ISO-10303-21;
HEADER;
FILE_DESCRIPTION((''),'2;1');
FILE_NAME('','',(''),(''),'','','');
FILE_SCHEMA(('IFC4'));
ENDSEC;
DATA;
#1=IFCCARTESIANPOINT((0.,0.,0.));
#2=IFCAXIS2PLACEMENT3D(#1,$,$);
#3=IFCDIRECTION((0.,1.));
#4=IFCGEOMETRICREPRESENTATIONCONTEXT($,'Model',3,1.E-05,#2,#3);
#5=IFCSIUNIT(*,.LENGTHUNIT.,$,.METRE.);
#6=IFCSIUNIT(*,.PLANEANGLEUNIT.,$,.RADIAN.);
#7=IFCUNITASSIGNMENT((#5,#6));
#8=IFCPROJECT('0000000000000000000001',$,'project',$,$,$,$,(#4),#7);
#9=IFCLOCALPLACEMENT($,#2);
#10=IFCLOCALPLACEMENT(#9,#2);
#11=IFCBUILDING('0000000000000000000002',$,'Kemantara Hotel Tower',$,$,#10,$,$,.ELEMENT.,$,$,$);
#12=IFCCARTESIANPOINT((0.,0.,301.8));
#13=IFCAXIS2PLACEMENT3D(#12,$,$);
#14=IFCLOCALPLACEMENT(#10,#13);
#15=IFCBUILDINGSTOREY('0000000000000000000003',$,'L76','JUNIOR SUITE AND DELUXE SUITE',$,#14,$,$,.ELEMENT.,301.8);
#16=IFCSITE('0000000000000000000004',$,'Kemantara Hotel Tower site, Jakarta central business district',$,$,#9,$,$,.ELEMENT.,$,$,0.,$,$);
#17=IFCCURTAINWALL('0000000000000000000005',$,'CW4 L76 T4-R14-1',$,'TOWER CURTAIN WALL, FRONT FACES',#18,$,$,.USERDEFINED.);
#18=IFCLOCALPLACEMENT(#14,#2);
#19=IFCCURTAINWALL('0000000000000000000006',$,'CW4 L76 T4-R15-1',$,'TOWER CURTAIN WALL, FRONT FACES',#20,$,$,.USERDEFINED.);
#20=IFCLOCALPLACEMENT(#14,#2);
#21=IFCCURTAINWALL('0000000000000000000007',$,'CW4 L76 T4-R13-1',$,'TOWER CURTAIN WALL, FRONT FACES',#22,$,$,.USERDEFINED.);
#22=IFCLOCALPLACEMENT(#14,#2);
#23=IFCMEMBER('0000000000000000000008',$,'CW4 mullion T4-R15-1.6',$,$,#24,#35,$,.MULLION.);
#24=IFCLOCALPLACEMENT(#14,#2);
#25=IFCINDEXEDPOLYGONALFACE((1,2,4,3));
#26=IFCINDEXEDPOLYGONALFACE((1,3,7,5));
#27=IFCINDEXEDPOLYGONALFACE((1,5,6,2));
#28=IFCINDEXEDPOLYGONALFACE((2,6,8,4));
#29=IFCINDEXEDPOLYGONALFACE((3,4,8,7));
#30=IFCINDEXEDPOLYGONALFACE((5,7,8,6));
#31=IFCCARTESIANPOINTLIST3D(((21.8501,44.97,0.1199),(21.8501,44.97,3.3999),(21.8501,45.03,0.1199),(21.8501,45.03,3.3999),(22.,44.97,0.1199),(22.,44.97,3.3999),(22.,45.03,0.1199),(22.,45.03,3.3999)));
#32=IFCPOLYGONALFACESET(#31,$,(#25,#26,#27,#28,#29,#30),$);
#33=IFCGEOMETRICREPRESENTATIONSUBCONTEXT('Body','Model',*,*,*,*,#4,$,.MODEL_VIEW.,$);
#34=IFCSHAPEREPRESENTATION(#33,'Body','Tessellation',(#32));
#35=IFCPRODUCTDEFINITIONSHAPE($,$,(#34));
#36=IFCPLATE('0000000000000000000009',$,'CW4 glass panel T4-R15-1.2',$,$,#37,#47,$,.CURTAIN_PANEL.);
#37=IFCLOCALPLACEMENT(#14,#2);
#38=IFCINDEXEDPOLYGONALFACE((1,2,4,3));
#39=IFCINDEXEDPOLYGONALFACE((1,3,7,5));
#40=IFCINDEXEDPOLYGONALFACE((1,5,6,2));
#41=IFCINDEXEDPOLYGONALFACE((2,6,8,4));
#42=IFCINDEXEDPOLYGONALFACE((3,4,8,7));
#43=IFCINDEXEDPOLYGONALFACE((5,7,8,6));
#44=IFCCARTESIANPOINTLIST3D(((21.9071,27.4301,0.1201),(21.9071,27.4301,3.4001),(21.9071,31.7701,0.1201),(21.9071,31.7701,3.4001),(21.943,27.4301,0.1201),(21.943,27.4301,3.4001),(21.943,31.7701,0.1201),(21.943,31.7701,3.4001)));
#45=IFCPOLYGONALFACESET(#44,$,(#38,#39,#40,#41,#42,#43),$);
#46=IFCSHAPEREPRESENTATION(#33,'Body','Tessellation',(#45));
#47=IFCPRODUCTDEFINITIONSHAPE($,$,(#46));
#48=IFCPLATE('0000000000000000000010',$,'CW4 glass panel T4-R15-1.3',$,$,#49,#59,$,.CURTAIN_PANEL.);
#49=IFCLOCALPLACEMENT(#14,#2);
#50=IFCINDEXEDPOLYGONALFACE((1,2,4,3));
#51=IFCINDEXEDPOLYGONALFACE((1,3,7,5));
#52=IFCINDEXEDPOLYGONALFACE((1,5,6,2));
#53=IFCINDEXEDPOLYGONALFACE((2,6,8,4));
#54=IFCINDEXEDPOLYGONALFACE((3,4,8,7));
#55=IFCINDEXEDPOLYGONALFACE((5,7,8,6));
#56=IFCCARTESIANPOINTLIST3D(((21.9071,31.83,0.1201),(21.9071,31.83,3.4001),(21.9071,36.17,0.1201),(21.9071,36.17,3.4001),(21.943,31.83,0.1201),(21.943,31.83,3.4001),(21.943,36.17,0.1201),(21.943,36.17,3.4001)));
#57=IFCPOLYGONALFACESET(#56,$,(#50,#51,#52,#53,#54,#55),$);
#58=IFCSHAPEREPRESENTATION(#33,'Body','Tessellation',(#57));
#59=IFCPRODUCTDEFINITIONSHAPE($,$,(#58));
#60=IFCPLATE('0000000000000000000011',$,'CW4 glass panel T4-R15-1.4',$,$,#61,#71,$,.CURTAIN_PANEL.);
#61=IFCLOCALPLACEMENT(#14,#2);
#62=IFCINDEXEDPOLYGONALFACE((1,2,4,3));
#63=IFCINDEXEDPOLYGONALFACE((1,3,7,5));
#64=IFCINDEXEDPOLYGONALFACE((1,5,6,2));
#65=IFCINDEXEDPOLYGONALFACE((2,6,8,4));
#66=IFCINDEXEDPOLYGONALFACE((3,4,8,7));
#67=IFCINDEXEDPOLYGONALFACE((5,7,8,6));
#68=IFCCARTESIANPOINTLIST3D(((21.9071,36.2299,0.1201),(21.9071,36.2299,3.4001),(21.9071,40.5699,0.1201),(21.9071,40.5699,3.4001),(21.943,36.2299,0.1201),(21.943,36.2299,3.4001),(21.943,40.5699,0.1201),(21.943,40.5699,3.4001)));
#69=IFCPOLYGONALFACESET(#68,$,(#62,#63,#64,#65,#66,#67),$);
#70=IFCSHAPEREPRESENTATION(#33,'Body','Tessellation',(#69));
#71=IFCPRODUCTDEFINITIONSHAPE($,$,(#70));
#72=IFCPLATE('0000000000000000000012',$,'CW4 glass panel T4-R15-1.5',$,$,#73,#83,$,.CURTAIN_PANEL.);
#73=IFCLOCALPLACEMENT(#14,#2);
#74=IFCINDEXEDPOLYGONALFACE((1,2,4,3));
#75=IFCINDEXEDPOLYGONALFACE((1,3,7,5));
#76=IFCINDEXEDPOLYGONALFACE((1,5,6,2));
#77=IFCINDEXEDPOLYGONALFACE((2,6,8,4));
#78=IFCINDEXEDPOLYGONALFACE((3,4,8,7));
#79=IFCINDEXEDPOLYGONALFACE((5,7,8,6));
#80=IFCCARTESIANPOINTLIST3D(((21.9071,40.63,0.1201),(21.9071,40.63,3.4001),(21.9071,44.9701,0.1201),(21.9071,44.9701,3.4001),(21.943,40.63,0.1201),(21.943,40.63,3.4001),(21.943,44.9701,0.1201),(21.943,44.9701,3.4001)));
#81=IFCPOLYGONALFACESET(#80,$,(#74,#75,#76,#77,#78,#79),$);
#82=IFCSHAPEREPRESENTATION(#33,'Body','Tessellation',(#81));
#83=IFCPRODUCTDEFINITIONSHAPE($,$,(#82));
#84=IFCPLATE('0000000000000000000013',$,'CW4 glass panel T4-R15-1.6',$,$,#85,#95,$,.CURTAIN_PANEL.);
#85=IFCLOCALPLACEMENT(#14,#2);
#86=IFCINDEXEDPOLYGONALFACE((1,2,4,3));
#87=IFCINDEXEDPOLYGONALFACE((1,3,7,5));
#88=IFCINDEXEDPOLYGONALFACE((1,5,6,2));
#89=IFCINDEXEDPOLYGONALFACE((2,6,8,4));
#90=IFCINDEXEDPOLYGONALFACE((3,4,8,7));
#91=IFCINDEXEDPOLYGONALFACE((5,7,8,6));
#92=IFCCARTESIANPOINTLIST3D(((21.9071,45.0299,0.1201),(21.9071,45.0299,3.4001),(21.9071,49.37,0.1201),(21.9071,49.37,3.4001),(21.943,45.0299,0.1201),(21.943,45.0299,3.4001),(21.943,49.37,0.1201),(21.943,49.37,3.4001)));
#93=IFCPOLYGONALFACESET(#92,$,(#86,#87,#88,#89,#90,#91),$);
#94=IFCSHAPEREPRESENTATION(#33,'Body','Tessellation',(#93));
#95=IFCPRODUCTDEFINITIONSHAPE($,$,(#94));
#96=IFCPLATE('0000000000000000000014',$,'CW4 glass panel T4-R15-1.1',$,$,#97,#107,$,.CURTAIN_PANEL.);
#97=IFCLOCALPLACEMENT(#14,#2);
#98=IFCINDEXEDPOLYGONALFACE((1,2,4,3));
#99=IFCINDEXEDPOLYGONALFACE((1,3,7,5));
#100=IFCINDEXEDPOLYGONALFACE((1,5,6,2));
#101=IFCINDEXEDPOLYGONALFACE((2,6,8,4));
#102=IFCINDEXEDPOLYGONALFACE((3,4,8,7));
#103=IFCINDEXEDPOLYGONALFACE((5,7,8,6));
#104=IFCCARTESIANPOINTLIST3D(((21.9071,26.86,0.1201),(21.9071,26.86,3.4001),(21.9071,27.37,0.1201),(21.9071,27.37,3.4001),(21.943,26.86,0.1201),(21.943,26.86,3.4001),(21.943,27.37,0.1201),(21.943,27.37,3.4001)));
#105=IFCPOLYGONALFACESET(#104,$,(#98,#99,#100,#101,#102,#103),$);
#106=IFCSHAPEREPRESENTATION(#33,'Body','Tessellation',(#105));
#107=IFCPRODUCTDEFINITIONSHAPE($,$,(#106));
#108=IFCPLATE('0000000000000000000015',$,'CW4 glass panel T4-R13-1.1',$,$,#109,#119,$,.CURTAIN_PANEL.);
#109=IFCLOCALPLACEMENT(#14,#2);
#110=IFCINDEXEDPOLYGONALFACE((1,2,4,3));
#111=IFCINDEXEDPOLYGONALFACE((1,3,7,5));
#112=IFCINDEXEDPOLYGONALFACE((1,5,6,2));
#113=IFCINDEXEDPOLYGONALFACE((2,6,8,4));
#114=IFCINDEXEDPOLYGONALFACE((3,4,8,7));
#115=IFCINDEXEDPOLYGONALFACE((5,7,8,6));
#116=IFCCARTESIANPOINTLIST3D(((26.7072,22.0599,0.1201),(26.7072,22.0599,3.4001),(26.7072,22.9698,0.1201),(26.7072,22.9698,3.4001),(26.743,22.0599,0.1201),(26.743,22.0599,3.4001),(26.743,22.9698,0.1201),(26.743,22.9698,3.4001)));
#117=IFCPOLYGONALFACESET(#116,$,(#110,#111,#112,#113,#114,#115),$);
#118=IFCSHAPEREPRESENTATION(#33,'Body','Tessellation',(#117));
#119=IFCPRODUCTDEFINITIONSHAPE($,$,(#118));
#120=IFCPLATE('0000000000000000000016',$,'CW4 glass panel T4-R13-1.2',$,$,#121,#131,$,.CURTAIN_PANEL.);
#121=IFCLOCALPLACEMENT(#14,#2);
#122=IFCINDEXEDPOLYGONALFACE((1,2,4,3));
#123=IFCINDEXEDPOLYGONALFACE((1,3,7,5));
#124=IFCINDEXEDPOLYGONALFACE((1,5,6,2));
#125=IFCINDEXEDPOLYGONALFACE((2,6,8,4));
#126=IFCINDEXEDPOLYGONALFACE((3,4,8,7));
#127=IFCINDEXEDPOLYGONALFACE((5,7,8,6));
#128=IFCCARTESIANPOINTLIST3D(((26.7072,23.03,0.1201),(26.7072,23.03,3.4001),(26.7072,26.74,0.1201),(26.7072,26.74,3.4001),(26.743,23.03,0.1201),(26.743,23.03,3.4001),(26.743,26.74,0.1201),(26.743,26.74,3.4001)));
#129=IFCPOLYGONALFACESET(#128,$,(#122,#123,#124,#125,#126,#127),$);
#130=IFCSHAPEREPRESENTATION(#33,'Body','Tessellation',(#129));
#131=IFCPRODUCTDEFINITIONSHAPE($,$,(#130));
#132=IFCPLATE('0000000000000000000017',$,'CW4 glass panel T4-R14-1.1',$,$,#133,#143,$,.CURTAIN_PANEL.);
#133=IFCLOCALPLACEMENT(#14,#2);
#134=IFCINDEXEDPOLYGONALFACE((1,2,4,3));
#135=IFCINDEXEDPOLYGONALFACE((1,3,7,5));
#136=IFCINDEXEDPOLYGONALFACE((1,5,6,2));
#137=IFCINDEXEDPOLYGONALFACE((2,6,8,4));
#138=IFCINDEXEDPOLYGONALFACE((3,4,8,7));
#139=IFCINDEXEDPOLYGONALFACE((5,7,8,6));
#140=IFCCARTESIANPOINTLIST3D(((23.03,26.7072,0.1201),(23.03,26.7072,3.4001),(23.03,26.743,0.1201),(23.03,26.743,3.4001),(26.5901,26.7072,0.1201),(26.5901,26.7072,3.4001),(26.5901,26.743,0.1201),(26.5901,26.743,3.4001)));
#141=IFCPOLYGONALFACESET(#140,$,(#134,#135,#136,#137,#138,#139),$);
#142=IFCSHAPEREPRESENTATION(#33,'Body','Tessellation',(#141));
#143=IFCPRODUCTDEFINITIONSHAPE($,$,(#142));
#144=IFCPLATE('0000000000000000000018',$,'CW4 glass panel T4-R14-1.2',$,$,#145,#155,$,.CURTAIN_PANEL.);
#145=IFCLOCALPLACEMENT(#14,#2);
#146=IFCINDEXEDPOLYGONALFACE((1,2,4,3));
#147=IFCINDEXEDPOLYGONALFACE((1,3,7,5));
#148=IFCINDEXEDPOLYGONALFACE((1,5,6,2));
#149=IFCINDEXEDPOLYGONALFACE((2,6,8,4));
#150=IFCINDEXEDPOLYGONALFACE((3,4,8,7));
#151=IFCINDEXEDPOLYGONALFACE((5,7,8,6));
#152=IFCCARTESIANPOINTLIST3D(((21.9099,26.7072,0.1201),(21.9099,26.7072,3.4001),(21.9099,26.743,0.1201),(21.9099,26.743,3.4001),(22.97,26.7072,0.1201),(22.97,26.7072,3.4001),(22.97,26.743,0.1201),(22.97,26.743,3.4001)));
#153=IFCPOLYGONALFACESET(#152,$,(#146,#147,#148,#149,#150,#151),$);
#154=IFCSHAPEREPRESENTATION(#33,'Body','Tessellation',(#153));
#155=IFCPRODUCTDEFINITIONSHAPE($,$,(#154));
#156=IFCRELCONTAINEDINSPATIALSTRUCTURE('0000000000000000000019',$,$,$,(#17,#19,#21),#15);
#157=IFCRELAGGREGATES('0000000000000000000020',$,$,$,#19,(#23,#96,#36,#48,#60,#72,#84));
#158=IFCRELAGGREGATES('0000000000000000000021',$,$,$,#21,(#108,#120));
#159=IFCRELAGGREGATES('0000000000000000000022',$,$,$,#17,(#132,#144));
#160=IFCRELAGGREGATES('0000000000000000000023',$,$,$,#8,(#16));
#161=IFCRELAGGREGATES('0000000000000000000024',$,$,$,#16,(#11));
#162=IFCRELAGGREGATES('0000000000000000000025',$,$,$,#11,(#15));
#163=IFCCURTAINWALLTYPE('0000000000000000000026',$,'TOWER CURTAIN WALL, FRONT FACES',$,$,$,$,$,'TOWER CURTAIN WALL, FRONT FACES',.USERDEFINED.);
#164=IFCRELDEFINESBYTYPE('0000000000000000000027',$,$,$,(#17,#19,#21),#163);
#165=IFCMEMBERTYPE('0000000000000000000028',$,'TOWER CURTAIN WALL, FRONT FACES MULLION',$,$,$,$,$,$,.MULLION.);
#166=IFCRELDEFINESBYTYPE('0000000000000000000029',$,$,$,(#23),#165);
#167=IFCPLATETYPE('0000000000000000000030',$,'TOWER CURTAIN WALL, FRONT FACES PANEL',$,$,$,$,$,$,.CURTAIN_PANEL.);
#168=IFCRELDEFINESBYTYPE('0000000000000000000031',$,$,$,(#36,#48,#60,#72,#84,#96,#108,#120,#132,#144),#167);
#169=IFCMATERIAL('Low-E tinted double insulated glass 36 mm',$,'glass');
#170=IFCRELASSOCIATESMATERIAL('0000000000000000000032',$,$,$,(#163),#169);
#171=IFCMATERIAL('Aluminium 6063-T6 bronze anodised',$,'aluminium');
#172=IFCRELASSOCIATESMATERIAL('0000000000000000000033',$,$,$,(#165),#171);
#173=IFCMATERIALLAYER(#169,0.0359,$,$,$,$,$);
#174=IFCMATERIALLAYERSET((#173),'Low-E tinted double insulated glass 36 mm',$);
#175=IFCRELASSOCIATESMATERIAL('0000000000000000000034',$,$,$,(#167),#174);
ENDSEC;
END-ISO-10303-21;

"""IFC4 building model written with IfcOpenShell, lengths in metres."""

from ifc_helpers import new_model, si_unit, direction, frame, origin, origin_2d, place, context, subcontext, project, spatial, rectangle, extrude, source, transform, mapped, material, layer, layer_set, material_profile, profile_set, type_object, element, aggregate, save


model = new_model("IFC4")

# Units and contexts
model_context = context("Model", 3, precision=1e-05, world=origin(), true_north=direction((0.0, 1.0)))
body_context = subcontext(model_context, "Body", "Model", "MODEL_VIEW")
ifc_project = project(units=[si_unit("LENGTHUNIT", "METRE"), si_unit("PLANEANGLEUNIT", "RADIAN")], contexts=[model_context])

# Site, building, storey
site_placement = place(None, origin())
site = spatial("IfcSite", under=ifc_project, at=site_placement, Name="Kemantara Hotel Tower site, Jakarta central business district", CompositionType="ELEMENT", RefElevation=0.0)
building_placement = place(site_placement, origin())
building = spatial("IfcBuilding", under=site, at=building_placement, Name="Kemantara Hotel Tower", CompositionType="ELEMENT")
storey_placement = place(building_placement, frame((0.0, 0.0, 301.8)))
storey = spatial("IfcBuildingStorey", under=building, at=storey_placement, Name="L76", Description="JUNIOR SUITE AND DELUXE SUITE", CompositionType="ELEMENT", Elevation=301.8)

# Curtain walls
ifc_material_1 = material(Name="Low-E tinted double insulated glass 36 mm", Category="glass")
curtain_wall_type = type_object("IfcCurtainWallType", Name="TOWER CURTAIN WALL, FRONT FACES", ElementType="TOWER CURTAIN WALL, FRONT FACES", PredefinedType="USERDEFINED", material=ifc_material_1)
curtain_wall_1_placement = place(storey_placement, origin())
curtain_wall_1 = element("IfcCurtainWall", 1, at=curtain_wall_1_placement, inside=storey, type_object=curtain_wall_type, Name="CW4 L76 T4-R14-1", ObjectType="TOWER CURTAIN WALL, FRONT FACES", PredefinedType="USERDEFINED")
ifc_material_2 = material(Name="Aluminium 6063-T6 bronze anodised", Category="aluminium")
curtain_wall_2_placement = place(storey_placement, origin())
curtain_wall_2 = element("IfcCurtainWall", 2, at=curtain_wall_2_placement, inside=storey, type_object=curtain_wall_type, Name="CW4 L76 T4-R15-1", ObjectType="TOWER CURTAIN WALL, FRONT FACES", PredefinedType="USERDEFINED")

# Curtain wall
curtain_wall_3_placement = place(storey_placement, origin())
curtain_wall_3 = element("IfcCurtainWall", 3, at=curtain_wall_3_placement, inside=storey, type_object=curtain_wall_type, Name="CW4 L76 T4-R13-1", ObjectType="TOWER CURTAIN WALL, FRONT FACES", PredefinedType="USERDEFINED")
ifc_material_profile_1 = material_profile(ifc_material_2, rectangle(XDim=0.1499, YDim=0.0601, at=origin_2d()), Name="TOWER CURTAIN WALL, FRONT FACES MULLION")
ifc_profile_set_1 = profile_set([ifc_material_profile_1], Name="Aluminium 6063-T6 bronze anodised")
member_type_1 = type_object("IfcMemberType", Name="TOWER CURTAIN WALL, FRONT FACES MULLION", PredefinedType="MULLION", material=ifc_profile_set_1)
shared_shape_1 = source(origin(), body_context, "Body", "SweptSolid", [
    extrude(rectangle(XDim=0.1499, YDim=0.0601, at=origin_2d()), origin(), (0.0, 0.0, 1.0), 3.28),
])

# Member
member_1_placement = place(storey_placement, frame((21.925, 45.0, 0.1199), z_axis=(0.0, 0.0, 1.0), x_axis=(-1.0, 0.0, 0.0)))
member_1 = element("IfcMember", 4, at=member_1_placement, type_object=member_type_1, Name="CW4 mullion T4-R15-1.6", PredefinedType="MULLION", context=body_context, shape_type="MappedRepresentation", body=[
    mapped(shared_shape_1, transform((0.0, 0.0, 0.0))),
])

# Plates
ifc_layer_1 = layer(ifc_material_1, 0.0359)
ifc_layer_set_1 = layer_set([ifc_layer_1], Name="Low-E tinted double insulated glass 36 mm")
plate_type = type_object("IfcPlateType", Name="TOWER CURTAIN WALL, FRONT FACES PANEL", PredefinedType="CURTAIN_PANEL", material=ifc_layer_set_1)
shared_shape_2 = source(origin(), body_context, "Body", "SweptSolid", [
    extrude(rectangle(XDim=4.3401, YDim=0.0359, at=origin_2d()), origin(), (0.0, 0.0, 1.0), 3.28),
])
plate_1_placement = place(storey_placement, frame((21.925, 29.6001, 0.1201), z_axis=(0.0, 0.0, 1.0), x_axis=(0.0, 1.0, 0.0)))
plate_1 = element("IfcPlate", 5, at=plate_1_placement, type_object=plate_type, Name="CW4 glass panel T4-R15-1.2", PredefinedType="CURTAIN_PANEL", context=body_context, shape_type="MappedRepresentation", body=[
    mapped(shared_shape_2, transform((0.0, 0.0, 0.0))),
])
plate_2_placement = place(storey_placement, frame((21.925, 34.0, 0.1201), z_axis=(0.0, 0.0, 1.0), x_axis=(0.0, 1.0, 0.0)))
plate_2 = element("IfcPlate", 6, at=plate_2_placement, type_object=plate_type, Name="CW4 glass panel T4-R15-1.3", PredefinedType="CURTAIN_PANEL", context=body_context, shape_type="MappedRepresentation", body=[
    mapped(shared_shape_2, transform((0.0, 0.0, 0.0))),
])
plate_3_placement = place(storey_placement, frame((21.925, 38.3999, 0.1201), z_axis=(0.0, 0.0, 1.0), x_axis=(0.0, 1.0, 0.0)))
plate_3 = element("IfcPlate", 7, at=plate_3_placement, type_object=plate_type, Name="CW4 glass panel T4-R15-1.4", PredefinedType="CURTAIN_PANEL", context=body_context, shape_type="MappedRepresentation", body=[
    mapped(shared_shape_2, transform((0.0, 0.0, 0.0))),
])
plate_4_placement = place(storey_placement, frame((21.925, 42.8, 0.1201), z_axis=(0.0, 0.0, 1.0), x_axis=(0.0, 1.0, 0.0)))
plate_4 = element("IfcPlate", 8, at=plate_4_placement, type_object=plate_type, Name="CW4 glass panel T4-R15-1.5", PredefinedType="CURTAIN_PANEL", context=body_context, shape_type="MappedRepresentation", body=[
    mapped(shared_shape_2, transform((0.0, 0.0, 0.0))),
])
plate_5_placement = place(storey_placement, frame((21.925, 47.2, 0.1201), z_axis=(0.0, 0.0, 1.0), x_axis=(0.0, 1.0, 0.0)))
plate_5 = element("IfcPlate", 9, at=plate_5_placement, type_object=plate_type, Name="CW4 glass panel T4-R15-1.6", PredefinedType="CURTAIN_PANEL", context=body_context, shape_type="MappedRepresentation", body=[
    mapped(shared_shape_2, transform((0.0, 0.0, 0.0))),
])
shared_shape_3 = source(origin(), body_context, "Body", "SweptSolid", [
    extrude(rectangle(XDim=0.51, YDim=0.0359, at=origin_2d()), origin(), (0.0, 0.0, 1.0), 3.28),
])
plate_6_placement = place(storey_placement, frame((21.925, 27.115, 0.1201), z_axis=(0.0, 0.0, 1.0), x_axis=(0.0, 1.0, 0.0)))
plate_6 = element("IfcPlate", 10, at=plate_6_placement, type_object=plate_type, Name="CW4 glass panel T4-R15-1.1", PredefinedType="CURTAIN_PANEL", context=body_context, shape_type="MappedRepresentation", body=[
    mapped(shared_shape_3, transform((0.0, 0.0, 0.0))),
])
aggregate(curtain_wall_2, [member_1, plate_6, plate_1, plate_2, plate_3, plate_4, plate_5])
shared_shape_4 = source(origin(), body_context, "Body", "SweptSolid", [
    extrude(rectangle(XDim=0.9099, YDim=0.0359, at=origin_2d()), origin(), (0.0, 0.0, 1.0), 3.28),
])
plate_7_placement = place(storey_placement, frame((26.7251, 22.5149, 0.1201), z_axis=(0.0, 0.0, 1.0), x_axis=(0.0, 1.0, 0.0)))
plate_7 = element("IfcPlate", 11, at=plate_7_placement, type_object=plate_type, Name="CW4 glass panel T4-R13-1.1", PredefinedType="CURTAIN_PANEL", context=body_context, shape_type="MappedRepresentation", body=[
    mapped(shared_shape_4, transform((0.0, 0.0, 0.0))),
])
shared_shape_5 = source(origin(), body_context, "Body", "SweptSolid", [
    extrude(rectangle(XDim=3.71, YDim=0.0359, at=origin_2d()), origin(), (0.0, 0.0, 1.0), 3.28),
])
plate_8_placement = place(storey_placement, frame((26.7251, 24.885, 0.1201), z_axis=(0.0, 0.0, 1.0), x_axis=(0.0, 1.0, 0.0)))
plate_8 = element("IfcPlate", 12, at=plate_8_placement, type_object=plate_type, Name="CW4 glass panel T4-R13-1.2", PredefinedType="CURTAIN_PANEL", context=body_context, shape_type="MappedRepresentation", body=[
    mapped(shared_shape_5, transform((0.0, 0.0, 0.0))),
])
aggregate(curtain_wall_3, [plate_7, plate_8])
shared_shape_6 = source(origin(), body_context, "Body", "SweptSolid", [
    extrude(rectangle(XDim=3.5601, YDim=0.0359, at=origin_2d()), origin(), (0.0, 0.0, 1.0), 3.28),
])
plate_9_placement = place(storey_placement, frame((24.8101, 26.7251, 0.1201), z_axis=(0.0, 0.0, 1.0), x_axis=(-1.0, 0.0, 0.0)))
plate_9 = element("IfcPlate", 13, at=plate_9_placement, type_object=plate_type, Name="CW4 glass panel T4-R14-1.1", PredefinedType="CURTAIN_PANEL", context=body_context, shape_type="MappedRepresentation", body=[
    mapped(shared_shape_6, transform((0.0, 0.0, 0.0))),
])
shared_shape_7 = source(origin(), body_context, "Body", "SweptSolid", [
    extrude(rectangle(XDim=1.0601, YDim=0.0359, at=origin_2d()), origin(), (0.0, 0.0, 1.0), 3.28),
])
plate_10_placement = place(storey_placement, frame((22.4399, 26.7251, 0.1201), z_axis=(0.0, 0.0, 1.0), x_axis=(-1.0, 0.0, 0.0)))
plate_10 = element("IfcPlate", 14, at=plate_10_placement, type_object=plate_type, Name="CW4 glass panel T4-R14-1.2", PredefinedType="CURTAIN_PANEL", context=body_context, shape_type="MappedRepresentation", body=[
    mapped(shared_shape_7, transform((0.0, 0.0, 0.0))),
])
aggregate(curtain_wall_1, [plate_9, plate_10])

save(model, "model.ifc")
